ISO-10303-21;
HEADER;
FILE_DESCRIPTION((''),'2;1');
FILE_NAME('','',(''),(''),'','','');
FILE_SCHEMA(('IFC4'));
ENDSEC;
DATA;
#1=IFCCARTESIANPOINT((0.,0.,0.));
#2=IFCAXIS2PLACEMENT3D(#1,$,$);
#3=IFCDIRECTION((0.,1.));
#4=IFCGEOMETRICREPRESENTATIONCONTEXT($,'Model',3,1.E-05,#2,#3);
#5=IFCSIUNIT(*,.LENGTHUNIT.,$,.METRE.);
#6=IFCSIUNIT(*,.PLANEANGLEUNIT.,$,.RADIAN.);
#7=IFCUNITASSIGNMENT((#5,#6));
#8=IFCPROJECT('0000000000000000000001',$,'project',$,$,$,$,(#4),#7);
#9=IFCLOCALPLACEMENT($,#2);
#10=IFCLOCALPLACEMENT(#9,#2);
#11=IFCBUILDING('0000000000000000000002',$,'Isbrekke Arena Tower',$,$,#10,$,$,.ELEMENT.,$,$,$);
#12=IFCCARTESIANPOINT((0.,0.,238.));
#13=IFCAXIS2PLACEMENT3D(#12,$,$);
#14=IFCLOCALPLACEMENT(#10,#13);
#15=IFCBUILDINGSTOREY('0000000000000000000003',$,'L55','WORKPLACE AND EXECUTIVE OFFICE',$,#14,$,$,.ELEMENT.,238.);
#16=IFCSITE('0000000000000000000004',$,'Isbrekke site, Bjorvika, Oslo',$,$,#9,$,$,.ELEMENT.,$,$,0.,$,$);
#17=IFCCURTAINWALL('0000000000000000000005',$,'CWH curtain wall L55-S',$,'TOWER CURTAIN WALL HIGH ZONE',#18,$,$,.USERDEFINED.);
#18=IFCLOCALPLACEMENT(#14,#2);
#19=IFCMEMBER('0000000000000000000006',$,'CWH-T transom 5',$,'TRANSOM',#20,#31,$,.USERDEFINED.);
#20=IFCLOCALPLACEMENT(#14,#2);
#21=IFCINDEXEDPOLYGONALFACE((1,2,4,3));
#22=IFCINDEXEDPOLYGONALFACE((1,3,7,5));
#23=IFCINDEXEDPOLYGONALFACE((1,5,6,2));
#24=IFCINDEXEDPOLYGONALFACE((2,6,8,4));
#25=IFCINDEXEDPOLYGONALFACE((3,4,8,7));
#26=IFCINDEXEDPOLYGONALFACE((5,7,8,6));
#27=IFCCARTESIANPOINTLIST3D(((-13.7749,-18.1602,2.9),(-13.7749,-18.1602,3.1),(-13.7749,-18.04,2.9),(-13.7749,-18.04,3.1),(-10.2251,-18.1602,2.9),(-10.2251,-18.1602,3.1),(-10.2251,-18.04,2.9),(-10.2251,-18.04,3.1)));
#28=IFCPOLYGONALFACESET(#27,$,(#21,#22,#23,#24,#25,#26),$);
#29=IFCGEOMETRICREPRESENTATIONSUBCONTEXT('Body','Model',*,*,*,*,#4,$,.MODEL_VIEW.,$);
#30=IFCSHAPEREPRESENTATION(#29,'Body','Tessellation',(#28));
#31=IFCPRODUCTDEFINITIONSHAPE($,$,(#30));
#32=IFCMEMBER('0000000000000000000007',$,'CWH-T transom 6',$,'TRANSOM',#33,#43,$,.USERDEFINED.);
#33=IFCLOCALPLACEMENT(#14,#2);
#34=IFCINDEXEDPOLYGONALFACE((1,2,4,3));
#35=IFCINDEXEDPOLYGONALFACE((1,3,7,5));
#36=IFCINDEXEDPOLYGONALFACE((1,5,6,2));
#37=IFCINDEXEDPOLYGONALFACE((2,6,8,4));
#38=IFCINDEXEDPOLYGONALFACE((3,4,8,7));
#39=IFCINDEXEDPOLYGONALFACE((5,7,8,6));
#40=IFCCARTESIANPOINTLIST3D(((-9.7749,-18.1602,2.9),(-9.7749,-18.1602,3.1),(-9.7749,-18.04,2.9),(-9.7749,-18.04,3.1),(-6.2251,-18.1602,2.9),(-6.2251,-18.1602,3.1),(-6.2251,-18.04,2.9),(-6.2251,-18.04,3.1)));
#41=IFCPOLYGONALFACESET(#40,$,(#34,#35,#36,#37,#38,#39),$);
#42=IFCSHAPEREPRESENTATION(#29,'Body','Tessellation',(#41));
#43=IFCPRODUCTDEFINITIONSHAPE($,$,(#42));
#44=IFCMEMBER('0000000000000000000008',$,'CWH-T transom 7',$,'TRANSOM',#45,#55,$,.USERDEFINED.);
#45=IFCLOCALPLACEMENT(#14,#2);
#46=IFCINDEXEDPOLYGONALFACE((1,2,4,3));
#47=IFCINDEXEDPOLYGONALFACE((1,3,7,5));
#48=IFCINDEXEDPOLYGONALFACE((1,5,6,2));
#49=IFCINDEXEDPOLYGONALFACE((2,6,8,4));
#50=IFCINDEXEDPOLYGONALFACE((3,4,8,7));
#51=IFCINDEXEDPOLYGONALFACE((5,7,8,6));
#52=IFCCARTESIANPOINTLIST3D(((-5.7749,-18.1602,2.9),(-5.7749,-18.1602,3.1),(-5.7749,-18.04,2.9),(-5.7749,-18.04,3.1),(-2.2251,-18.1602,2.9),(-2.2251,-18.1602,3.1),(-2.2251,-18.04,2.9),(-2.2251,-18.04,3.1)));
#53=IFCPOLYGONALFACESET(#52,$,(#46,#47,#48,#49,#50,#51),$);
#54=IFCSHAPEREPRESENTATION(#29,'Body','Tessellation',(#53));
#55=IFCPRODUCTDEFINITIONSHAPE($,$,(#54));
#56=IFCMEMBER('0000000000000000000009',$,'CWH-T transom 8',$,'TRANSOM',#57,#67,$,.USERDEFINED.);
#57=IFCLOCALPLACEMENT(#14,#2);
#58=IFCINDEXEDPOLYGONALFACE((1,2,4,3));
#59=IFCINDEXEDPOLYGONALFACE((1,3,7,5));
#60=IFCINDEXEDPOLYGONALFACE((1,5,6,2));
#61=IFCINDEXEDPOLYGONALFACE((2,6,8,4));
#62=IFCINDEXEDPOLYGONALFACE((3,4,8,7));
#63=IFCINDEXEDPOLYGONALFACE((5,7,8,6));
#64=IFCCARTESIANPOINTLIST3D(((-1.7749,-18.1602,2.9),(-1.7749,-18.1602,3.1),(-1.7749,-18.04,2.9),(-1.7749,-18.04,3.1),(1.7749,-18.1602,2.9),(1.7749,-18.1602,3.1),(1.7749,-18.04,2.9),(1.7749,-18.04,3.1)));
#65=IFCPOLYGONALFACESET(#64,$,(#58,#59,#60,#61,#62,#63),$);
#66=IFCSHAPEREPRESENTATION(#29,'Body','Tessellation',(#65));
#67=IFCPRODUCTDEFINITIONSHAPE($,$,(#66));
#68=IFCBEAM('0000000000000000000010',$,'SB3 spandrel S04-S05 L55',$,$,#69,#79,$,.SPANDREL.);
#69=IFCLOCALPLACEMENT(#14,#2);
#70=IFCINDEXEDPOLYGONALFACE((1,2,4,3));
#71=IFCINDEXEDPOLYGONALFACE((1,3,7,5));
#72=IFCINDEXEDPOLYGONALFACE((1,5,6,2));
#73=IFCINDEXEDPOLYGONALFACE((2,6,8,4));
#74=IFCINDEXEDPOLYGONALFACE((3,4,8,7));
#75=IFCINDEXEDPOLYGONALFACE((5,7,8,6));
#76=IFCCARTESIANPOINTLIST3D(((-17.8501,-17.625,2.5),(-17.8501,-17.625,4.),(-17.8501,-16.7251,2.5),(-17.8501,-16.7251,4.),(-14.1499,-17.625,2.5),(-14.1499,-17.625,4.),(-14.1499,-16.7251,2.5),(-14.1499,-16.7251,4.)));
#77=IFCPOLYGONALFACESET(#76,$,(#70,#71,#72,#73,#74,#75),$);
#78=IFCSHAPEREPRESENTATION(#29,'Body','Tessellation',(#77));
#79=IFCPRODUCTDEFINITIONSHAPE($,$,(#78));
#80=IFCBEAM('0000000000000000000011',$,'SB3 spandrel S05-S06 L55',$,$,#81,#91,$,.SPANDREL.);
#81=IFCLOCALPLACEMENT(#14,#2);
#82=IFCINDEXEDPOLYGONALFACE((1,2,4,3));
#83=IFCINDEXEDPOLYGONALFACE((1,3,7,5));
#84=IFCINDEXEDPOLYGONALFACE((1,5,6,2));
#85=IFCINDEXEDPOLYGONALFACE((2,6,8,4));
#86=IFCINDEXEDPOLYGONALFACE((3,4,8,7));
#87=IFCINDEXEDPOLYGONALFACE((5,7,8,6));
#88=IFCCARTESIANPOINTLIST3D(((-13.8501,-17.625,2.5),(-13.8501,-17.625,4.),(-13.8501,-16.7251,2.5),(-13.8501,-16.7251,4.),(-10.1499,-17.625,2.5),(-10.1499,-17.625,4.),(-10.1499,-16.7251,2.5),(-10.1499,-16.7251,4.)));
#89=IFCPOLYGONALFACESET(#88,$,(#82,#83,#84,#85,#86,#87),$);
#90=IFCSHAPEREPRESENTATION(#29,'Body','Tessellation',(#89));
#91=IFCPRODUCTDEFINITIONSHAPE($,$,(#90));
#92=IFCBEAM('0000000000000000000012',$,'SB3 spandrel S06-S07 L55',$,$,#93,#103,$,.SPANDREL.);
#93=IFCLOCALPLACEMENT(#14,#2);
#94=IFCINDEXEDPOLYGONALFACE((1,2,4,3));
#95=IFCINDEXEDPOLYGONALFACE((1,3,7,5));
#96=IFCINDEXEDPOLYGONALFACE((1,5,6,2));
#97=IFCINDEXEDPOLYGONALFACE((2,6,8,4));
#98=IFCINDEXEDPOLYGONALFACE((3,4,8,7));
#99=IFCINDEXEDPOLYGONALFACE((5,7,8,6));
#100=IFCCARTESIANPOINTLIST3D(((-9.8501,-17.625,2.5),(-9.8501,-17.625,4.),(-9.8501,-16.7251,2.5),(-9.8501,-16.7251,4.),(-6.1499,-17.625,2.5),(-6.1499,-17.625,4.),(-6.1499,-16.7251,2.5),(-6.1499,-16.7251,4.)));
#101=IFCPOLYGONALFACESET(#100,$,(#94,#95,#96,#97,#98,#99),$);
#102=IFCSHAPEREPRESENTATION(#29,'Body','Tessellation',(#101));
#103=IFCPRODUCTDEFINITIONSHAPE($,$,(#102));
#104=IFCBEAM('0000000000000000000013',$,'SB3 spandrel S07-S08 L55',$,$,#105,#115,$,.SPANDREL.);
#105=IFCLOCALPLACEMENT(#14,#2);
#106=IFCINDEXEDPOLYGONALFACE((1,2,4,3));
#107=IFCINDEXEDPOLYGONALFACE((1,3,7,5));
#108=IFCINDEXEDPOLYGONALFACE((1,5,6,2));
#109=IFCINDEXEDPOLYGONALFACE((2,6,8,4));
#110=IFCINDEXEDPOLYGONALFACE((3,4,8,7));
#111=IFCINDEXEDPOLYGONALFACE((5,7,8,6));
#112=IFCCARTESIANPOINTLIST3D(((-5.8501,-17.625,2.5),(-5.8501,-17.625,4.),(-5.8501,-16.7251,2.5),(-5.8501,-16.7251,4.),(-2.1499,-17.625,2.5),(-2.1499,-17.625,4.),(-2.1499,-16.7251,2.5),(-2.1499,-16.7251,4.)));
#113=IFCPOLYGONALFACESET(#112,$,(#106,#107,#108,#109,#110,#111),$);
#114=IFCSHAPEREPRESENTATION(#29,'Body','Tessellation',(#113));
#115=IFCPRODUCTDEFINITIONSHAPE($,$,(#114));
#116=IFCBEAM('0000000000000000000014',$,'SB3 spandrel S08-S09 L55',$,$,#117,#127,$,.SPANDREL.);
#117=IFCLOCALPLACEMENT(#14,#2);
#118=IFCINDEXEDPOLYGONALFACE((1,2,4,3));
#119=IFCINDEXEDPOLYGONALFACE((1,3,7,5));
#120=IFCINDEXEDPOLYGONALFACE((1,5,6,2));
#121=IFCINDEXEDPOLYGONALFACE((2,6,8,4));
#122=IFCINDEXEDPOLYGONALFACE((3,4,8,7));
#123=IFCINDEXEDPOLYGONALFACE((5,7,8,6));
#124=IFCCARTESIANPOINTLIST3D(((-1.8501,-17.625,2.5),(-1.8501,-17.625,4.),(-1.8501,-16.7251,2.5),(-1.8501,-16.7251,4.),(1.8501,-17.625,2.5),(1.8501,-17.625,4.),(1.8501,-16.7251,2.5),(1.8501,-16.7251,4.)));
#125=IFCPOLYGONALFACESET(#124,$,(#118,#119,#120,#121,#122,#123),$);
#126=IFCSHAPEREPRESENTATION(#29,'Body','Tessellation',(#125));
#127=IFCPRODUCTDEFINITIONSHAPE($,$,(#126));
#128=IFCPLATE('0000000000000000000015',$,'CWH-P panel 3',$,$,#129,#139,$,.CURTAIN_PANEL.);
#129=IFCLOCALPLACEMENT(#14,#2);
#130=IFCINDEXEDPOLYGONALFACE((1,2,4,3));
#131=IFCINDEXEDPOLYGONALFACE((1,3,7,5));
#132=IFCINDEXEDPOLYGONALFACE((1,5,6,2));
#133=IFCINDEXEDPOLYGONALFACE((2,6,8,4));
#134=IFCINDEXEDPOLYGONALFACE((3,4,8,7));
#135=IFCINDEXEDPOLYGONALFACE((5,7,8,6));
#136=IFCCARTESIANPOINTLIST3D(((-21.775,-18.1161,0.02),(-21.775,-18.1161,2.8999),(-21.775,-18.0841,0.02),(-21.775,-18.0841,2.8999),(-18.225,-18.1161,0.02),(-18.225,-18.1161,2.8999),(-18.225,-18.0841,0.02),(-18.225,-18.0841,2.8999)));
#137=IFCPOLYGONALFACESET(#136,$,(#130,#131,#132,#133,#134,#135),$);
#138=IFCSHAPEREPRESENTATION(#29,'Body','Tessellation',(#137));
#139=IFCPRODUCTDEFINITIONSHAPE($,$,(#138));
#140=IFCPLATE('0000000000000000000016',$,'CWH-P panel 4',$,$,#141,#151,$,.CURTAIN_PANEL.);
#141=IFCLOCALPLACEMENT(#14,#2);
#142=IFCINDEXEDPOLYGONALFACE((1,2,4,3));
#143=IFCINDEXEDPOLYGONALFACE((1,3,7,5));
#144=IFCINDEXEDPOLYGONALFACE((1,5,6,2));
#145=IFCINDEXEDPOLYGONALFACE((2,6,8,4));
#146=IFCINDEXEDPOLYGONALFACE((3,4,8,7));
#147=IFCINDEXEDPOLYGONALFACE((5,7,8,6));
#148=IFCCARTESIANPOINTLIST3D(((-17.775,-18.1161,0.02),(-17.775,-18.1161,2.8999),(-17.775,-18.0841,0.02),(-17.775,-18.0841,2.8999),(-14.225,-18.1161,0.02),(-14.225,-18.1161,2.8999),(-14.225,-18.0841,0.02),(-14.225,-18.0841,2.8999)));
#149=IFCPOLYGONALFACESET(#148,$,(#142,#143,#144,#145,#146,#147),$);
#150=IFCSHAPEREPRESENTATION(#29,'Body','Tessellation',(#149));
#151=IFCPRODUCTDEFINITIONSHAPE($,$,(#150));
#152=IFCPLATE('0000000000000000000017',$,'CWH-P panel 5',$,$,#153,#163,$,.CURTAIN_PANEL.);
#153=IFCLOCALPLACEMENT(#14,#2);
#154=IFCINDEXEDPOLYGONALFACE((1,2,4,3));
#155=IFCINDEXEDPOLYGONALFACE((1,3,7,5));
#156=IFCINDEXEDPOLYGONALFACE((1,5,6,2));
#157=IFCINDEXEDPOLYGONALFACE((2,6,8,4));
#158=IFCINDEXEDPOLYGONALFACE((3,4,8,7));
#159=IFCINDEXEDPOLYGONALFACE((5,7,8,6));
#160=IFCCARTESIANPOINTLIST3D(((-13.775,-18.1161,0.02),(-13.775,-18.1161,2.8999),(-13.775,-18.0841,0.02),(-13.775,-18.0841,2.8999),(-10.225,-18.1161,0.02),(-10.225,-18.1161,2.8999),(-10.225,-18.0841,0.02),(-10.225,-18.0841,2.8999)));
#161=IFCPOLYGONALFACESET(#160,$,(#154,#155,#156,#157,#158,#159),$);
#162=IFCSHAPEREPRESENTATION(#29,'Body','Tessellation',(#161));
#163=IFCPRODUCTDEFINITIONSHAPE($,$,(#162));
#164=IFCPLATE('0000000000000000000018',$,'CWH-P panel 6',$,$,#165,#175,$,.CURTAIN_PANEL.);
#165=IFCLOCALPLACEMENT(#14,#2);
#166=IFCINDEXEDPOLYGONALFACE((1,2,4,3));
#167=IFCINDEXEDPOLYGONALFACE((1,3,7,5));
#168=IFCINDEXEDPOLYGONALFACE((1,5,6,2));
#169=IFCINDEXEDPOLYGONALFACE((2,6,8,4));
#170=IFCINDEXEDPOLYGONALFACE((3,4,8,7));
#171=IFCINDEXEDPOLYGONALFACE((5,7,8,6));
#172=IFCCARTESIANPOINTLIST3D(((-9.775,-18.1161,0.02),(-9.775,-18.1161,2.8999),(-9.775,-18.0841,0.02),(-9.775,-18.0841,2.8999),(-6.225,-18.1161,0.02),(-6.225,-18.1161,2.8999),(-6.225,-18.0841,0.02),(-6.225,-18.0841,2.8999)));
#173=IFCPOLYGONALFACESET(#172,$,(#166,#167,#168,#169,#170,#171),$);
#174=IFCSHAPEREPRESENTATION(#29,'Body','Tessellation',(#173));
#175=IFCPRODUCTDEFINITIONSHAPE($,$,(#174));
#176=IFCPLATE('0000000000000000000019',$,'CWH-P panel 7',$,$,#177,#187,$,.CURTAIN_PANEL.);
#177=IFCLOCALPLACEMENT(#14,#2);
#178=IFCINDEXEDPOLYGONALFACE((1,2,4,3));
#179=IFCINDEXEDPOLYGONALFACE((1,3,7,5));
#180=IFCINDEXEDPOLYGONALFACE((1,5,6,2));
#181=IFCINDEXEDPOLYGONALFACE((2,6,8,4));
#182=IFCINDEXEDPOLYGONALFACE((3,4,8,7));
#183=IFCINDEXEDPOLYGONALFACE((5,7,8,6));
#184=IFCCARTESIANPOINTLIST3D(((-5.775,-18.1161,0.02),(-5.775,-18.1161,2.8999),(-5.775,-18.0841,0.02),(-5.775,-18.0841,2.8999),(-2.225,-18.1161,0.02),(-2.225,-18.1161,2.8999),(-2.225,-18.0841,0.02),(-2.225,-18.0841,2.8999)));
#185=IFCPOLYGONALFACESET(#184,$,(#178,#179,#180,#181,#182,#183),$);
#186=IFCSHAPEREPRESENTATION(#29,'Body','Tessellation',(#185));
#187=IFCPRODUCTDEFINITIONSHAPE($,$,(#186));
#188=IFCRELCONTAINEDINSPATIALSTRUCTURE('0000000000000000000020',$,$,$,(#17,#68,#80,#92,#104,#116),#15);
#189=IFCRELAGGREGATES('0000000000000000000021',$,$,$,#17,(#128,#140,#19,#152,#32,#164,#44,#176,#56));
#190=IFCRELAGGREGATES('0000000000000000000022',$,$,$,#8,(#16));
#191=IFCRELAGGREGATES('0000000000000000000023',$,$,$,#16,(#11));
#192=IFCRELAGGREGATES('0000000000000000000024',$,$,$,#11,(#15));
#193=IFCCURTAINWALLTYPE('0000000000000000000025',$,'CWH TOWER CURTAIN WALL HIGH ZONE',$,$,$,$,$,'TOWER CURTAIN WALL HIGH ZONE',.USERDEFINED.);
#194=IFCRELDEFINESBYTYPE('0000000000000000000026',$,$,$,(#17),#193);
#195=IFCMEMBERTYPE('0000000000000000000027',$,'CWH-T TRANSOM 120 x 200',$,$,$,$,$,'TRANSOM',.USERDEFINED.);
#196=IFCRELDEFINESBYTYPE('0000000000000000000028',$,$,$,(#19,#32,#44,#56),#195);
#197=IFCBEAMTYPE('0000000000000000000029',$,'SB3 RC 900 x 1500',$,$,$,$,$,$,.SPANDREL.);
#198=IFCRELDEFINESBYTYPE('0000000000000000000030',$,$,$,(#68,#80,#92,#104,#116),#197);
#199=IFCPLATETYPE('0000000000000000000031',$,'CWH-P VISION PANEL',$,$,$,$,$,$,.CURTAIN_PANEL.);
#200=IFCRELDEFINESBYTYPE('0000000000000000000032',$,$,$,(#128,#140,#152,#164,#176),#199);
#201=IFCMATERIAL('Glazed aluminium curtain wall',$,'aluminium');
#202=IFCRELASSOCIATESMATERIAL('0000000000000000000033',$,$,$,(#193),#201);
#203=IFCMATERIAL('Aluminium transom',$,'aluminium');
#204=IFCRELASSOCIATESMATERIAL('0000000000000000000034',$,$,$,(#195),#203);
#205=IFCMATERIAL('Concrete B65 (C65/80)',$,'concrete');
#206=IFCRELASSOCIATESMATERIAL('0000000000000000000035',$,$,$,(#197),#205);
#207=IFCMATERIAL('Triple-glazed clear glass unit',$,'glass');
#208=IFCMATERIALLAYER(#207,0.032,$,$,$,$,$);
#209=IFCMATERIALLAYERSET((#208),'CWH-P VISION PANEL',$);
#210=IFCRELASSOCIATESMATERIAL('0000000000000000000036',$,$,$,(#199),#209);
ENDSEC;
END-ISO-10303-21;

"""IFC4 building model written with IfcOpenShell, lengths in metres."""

from ifc_helpers import new_model, si_unit, direction, frame, origin, origin_2d, place, context, subcontext, project, spatial, rectangle, extrude, material, layer, layer_set, material_profile, profile_set, type_object, element, aggregate, save


model = new_model("IFC4")

# Units and contexts
model_context = context("Model", 3, precision=1e-05, world=origin(), true_north=direction((0.0, 1.0)))
body_context = subcontext(model_context, "Body", "Model", "MODEL_VIEW")
ifc_project = project(units=[si_unit("LENGTHUNIT", "METRE"), si_unit("PLANEANGLEUNIT", "RADIAN")], contexts=[model_context])

# Site, building, storey
site_placement = place(None, origin())
site = spatial("IfcSite", under=ifc_project, at=site_placement, Name="Isbrekke site, Bjorvika, Oslo", CompositionType="ELEMENT", RefElevation=0.0)
building_placement = place(site_placement, origin())
building = spatial("IfcBuilding", under=site, at=building_placement, Name="Isbrekke Arena Tower", CompositionType="ELEMENT")
storey_placement = place(building_placement, frame((0.0, 0.0, 238.0)))
storey = spatial("IfcBuildingStorey", under=building, at=storey_placement, Name="L55", Description="WORKPLACE AND EXECUTIVE OFFICE", CompositionType="ELEMENT", Elevation=238.0)

# Curtain wall, members
ifc_material_1 = material(Name="Glazed aluminium curtain wall", Category="aluminium")
curtain_wall_type = type_object("IfcCurtainWallType", Name="CWH TOWER CURTAIN WALL HIGH ZONE", ElementType="TOWER CURTAIN WALL HIGH ZONE", PredefinedType="USERDEFINED", material=ifc_material_1)
curtain_wall_placement = place(storey_placement, origin())
curtain_wall = element("IfcCurtainWall", 1, at=curtain_wall_placement, inside=storey, type_object=curtain_wall_type, Name="CWH curtain wall L55-S", ObjectType="TOWER CURTAIN WALL HIGH ZONE", PredefinedType="USERDEFINED")
ifc_material_2 = material(Name="Aluminium transom", Category="aluminium")
ifc_material_profile_1 = material_profile(ifc_material_2, rectangle(XDim=0.1201, YDim=0.2, at=origin_2d()), Name="TRANSOM 120X200")
ifc_profile_set_1 = profile_set([ifc_material_profile_1], Name="Aluminium transom")
member_type_1 = type_object("IfcMemberType", Name="CWH-T TRANSOM 120 x 200", ElementType="TRANSOM", PredefinedType="USERDEFINED", material=ifc_profile_set_1)
member_1_placement = place(storey_placement, frame((-13.7749, -18.1001, 3.0), z_axis=(1.0, 0.0, 0.0), x_axis=(0.0, 1.0, 0.0)))
member_1 = element("IfcMember", 2, at=member_1_placement, type_object=member_type_1, Name="CWH-T transom 5", ObjectType="TRANSOM", PredefinedType="USERDEFINED", context=body_context, shape_type="SweptSolid", body=[
    extrude(rectangle(XDim=0.1201, YDim=0.2, at=origin_2d()), origin(), (0.0, 0.0, 1.0), 3.5498),
])
member_2_placement = place(storey_placement, frame((-9.7749, -18.1001, 3.0), z_axis=(1.0, 0.0, 0.0), x_axis=(0.0, 1.0, 0.0)))
member_2 = element("IfcMember", 3, at=member_2_placement, type_object=member_type_1, Name="CWH-T transom 6", ObjectType="TRANSOM", PredefinedType="USERDEFINED", context=body_context, shape_type="SweptSolid", body=[
    extrude(rectangle(XDim=0.1201, YDim=0.2, at=origin_2d()), origin(), (0.0, 0.0, 1.0), 3.5498),
])
member_3_placement = place(storey_placement, frame((-5.7749, -18.1001, 3.0), z_axis=(1.0, 0.0, 0.0), x_axis=(0.0, 1.0, 0.0)))
member_3 = element("IfcMember", 4, at=member_3_placement, type_object=member_type_1, Name="CWH-T transom 7", ObjectType="TRANSOM", PredefinedType="USERDEFINED", context=body_context, shape_type="SweptSolid", body=[
    extrude(rectangle(XDim=0.1201, YDim=0.2, at=origin_2d()), origin(), (0.0, 0.0, 1.0), 3.5498),
])
member_4_placement = place(storey_placement, frame((-1.7749, -18.1001, 3.0), z_axis=(1.0, 0.0, 0.0), x_axis=(0.0, 1.0, 0.0)))
member_4 = element("IfcMember", 5, at=member_4_placement, type_object=member_type_1, Name="CWH-T transom 8", ObjectType="TRANSOM", PredefinedType="USERDEFINED", context=body_context, shape_type="SweptSolid", body=[
    extrude(rectangle(XDim=0.1201, YDim=0.2, at=origin_2d()), origin(), (0.0, 0.0, 1.0), 3.5498),
])

# Beams
ifc_material_3 = material(Name="Concrete B65 (C65/80)", Category="concrete")
ifc_material_profile_2 = material_profile(ifc_material_3, rectangle(XDim=0.8999, YDim=1.5, at=origin_2d()), Name="RC 900x1500")
ifc_profile_set_2 = profile_set([ifc_material_profile_2], Name="Concrete B65 (C65/80)")
beam_type_1 = type_object("IfcBeamType", Name="SB3 RC 900 x 1500", PredefinedType="SPANDREL", material=ifc_profile_set_2)
for number, where, z_axis, x_axis, name in (
    (6, (-17.8501, -17.175, 3.25), (1.0, 0.0, 0.0), (0.0, 1.0, 0.0), "SB3 spandrel S04-S05 L55"),
    (7, (-13.8501, -17.175, 3.25), (1.0, 0.0, 0.0), (0.0, 1.0, 0.0), "SB3 spandrel S05-S06 L55"),
    (8, (-9.8501, -17.175, 3.25), (1.0, 0.0, 0.0), (0.0, 1.0, 0.0), "SB3 spandrel S06-S07 L55"),
    (9, (-5.8501, -17.175, 3.25), (1.0, 0.0, 0.0), (0.0, 1.0, 0.0), "SB3 spandrel S07-S08 L55"),
    (10, (-1.8501, -17.175, 3.25), (1.0, 0.0, 0.0), (0.0, 1.0, 0.0), "SB3 spandrel S08-S09 L55"),
):
    element("IfcBeam", number, at=place(storey_placement, frame(where, z_axis=z_axis, x_axis=x_axis)), inside=storey, type_object=beam_type_1, Name=name, PredefinedType="SPANDREL", context=body_context, shape_type="SweptSolid", body=[
        extrude(rectangle(XDim=0.8999, YDim=1.5, at=origin_2d()), origin(), (0.0, 0.0, 1.0), 3.7002),
    ])

# Plates
ifc_material_4 = material(Name="Triple-glazed clear glass unit", Category="glass")
ifc_layer = layer(ifc_material_4, 0.032)
ifc_layer_set = layer_set([ifc_layer], Name="CWH-P VISION PANEL")
plate_type = type_object("IfcPlateType", Name="CWH-P VISION PANEL", PredefinedType="CURTAIN_PANEL", material=ifc_layer_set)
plate_1_placement = place(storey_placement, frame((-20.0, -18.1001, 0.02), z_axis=(0.0, 0.0, 1.0), x_axis=(1.0, 0.0, 0.0)))
plate_1 = element("IfcPlate", 11, at=plate_1_placement, type_object=plate_type, Name="CWH-P panel 3", PredefinedType="CURTAIN_PANEL", context=body_context, shape_type="SweptSolid", body=[
    extrude(rectangle(XDim=3.55, YDim=0.032, at=origin_2d()), origin(), (0.0, 0.0, 1.0), 2.8799),
])
plate_2_placement = place(storey_placement, frame((-16.0, -18.1001, 0.02), z_axis=(0.0, 0.0, 1.0), x_axis=(1.0, 0.0, 0.0)))
plate_2 = element("IfcPlate", 12, at=plate_2_placement, type_object=plate_type, Name="CWH-P panel 4", PredefinedType="CURTAIN_PANEL", context=body_context, shape_type="SweptSolid", body=[
    extrude(rectangle(XDim=3.55, YDim=0.032, at=origin_2d()), origin(), (0.0, 0.0, 1.0), 2.8799),
])
plate_3_placement = place(storey_placement, frame((-12.0, -18.1001, 0.02), z_axis=(0.0, 0.0, 1.0), x_axis=(1.0, 0.0, 0.0)))
plate_3 = element("IfcPlate", 13, at=plate_3_placement, type_object=plate_type, Name="CWH-P panel 5", PredefinedType="CURTAIN_PANEL", context=body_context, shape_type="SweptSolid", body=[
    extrude(rectangle(XDim=3.55, YDim=0.032, at=origin_2d()), origin(), (0.0, 0.0, 1.0), 2.8799),
])
plate_4_placement = place(storey_placement, frame((-8.0, -18.1001, 0.02), z_axis=(0.0, 0.0, 1.0), x_axis=(1.0, 0.0, 0.0)))
plate_4 = element("IfcPlate", 14, at=plate_4_placement, type_object=plate_type, Name="CWH-P panel 6", PredefinedType="CURTAIN_PANEL", context=body_context, shape_type="SweptSolid", body=[
    extrude(rectangle(XDim=3.55, YDim=0.032, at=origin_2d()), origin(), (0.0, 0.0, 1.0), 2.8799),
])
plate_5_placement = place(storey_placement, frame((-4.0, -18.1001, 0.02), z_axis=(0.0, 0.0, 1.0), x_axis=(1.0, 0.0, 0.0)))
plate_5 = element("IfcPlate", 15, at=plate_5_placement, type_object=plate_type, Name="CWH-P panel 7", PredefinedType="CURTAIN_PANEL", context=body_context, shape_type="SweptSolid", body=[
    extrude(rectangle(XDim=3.55, YDim=0.032, at=origin_2d()), origin(), (0.0, 0.0, 1.0), 2.8799),
])
aggregate(curtain_wall, [plate_1, plate_2, member_1, plate_3, member_2, plate_4, member_3, plate_5, member_4])

save(model, "model.ifc")
